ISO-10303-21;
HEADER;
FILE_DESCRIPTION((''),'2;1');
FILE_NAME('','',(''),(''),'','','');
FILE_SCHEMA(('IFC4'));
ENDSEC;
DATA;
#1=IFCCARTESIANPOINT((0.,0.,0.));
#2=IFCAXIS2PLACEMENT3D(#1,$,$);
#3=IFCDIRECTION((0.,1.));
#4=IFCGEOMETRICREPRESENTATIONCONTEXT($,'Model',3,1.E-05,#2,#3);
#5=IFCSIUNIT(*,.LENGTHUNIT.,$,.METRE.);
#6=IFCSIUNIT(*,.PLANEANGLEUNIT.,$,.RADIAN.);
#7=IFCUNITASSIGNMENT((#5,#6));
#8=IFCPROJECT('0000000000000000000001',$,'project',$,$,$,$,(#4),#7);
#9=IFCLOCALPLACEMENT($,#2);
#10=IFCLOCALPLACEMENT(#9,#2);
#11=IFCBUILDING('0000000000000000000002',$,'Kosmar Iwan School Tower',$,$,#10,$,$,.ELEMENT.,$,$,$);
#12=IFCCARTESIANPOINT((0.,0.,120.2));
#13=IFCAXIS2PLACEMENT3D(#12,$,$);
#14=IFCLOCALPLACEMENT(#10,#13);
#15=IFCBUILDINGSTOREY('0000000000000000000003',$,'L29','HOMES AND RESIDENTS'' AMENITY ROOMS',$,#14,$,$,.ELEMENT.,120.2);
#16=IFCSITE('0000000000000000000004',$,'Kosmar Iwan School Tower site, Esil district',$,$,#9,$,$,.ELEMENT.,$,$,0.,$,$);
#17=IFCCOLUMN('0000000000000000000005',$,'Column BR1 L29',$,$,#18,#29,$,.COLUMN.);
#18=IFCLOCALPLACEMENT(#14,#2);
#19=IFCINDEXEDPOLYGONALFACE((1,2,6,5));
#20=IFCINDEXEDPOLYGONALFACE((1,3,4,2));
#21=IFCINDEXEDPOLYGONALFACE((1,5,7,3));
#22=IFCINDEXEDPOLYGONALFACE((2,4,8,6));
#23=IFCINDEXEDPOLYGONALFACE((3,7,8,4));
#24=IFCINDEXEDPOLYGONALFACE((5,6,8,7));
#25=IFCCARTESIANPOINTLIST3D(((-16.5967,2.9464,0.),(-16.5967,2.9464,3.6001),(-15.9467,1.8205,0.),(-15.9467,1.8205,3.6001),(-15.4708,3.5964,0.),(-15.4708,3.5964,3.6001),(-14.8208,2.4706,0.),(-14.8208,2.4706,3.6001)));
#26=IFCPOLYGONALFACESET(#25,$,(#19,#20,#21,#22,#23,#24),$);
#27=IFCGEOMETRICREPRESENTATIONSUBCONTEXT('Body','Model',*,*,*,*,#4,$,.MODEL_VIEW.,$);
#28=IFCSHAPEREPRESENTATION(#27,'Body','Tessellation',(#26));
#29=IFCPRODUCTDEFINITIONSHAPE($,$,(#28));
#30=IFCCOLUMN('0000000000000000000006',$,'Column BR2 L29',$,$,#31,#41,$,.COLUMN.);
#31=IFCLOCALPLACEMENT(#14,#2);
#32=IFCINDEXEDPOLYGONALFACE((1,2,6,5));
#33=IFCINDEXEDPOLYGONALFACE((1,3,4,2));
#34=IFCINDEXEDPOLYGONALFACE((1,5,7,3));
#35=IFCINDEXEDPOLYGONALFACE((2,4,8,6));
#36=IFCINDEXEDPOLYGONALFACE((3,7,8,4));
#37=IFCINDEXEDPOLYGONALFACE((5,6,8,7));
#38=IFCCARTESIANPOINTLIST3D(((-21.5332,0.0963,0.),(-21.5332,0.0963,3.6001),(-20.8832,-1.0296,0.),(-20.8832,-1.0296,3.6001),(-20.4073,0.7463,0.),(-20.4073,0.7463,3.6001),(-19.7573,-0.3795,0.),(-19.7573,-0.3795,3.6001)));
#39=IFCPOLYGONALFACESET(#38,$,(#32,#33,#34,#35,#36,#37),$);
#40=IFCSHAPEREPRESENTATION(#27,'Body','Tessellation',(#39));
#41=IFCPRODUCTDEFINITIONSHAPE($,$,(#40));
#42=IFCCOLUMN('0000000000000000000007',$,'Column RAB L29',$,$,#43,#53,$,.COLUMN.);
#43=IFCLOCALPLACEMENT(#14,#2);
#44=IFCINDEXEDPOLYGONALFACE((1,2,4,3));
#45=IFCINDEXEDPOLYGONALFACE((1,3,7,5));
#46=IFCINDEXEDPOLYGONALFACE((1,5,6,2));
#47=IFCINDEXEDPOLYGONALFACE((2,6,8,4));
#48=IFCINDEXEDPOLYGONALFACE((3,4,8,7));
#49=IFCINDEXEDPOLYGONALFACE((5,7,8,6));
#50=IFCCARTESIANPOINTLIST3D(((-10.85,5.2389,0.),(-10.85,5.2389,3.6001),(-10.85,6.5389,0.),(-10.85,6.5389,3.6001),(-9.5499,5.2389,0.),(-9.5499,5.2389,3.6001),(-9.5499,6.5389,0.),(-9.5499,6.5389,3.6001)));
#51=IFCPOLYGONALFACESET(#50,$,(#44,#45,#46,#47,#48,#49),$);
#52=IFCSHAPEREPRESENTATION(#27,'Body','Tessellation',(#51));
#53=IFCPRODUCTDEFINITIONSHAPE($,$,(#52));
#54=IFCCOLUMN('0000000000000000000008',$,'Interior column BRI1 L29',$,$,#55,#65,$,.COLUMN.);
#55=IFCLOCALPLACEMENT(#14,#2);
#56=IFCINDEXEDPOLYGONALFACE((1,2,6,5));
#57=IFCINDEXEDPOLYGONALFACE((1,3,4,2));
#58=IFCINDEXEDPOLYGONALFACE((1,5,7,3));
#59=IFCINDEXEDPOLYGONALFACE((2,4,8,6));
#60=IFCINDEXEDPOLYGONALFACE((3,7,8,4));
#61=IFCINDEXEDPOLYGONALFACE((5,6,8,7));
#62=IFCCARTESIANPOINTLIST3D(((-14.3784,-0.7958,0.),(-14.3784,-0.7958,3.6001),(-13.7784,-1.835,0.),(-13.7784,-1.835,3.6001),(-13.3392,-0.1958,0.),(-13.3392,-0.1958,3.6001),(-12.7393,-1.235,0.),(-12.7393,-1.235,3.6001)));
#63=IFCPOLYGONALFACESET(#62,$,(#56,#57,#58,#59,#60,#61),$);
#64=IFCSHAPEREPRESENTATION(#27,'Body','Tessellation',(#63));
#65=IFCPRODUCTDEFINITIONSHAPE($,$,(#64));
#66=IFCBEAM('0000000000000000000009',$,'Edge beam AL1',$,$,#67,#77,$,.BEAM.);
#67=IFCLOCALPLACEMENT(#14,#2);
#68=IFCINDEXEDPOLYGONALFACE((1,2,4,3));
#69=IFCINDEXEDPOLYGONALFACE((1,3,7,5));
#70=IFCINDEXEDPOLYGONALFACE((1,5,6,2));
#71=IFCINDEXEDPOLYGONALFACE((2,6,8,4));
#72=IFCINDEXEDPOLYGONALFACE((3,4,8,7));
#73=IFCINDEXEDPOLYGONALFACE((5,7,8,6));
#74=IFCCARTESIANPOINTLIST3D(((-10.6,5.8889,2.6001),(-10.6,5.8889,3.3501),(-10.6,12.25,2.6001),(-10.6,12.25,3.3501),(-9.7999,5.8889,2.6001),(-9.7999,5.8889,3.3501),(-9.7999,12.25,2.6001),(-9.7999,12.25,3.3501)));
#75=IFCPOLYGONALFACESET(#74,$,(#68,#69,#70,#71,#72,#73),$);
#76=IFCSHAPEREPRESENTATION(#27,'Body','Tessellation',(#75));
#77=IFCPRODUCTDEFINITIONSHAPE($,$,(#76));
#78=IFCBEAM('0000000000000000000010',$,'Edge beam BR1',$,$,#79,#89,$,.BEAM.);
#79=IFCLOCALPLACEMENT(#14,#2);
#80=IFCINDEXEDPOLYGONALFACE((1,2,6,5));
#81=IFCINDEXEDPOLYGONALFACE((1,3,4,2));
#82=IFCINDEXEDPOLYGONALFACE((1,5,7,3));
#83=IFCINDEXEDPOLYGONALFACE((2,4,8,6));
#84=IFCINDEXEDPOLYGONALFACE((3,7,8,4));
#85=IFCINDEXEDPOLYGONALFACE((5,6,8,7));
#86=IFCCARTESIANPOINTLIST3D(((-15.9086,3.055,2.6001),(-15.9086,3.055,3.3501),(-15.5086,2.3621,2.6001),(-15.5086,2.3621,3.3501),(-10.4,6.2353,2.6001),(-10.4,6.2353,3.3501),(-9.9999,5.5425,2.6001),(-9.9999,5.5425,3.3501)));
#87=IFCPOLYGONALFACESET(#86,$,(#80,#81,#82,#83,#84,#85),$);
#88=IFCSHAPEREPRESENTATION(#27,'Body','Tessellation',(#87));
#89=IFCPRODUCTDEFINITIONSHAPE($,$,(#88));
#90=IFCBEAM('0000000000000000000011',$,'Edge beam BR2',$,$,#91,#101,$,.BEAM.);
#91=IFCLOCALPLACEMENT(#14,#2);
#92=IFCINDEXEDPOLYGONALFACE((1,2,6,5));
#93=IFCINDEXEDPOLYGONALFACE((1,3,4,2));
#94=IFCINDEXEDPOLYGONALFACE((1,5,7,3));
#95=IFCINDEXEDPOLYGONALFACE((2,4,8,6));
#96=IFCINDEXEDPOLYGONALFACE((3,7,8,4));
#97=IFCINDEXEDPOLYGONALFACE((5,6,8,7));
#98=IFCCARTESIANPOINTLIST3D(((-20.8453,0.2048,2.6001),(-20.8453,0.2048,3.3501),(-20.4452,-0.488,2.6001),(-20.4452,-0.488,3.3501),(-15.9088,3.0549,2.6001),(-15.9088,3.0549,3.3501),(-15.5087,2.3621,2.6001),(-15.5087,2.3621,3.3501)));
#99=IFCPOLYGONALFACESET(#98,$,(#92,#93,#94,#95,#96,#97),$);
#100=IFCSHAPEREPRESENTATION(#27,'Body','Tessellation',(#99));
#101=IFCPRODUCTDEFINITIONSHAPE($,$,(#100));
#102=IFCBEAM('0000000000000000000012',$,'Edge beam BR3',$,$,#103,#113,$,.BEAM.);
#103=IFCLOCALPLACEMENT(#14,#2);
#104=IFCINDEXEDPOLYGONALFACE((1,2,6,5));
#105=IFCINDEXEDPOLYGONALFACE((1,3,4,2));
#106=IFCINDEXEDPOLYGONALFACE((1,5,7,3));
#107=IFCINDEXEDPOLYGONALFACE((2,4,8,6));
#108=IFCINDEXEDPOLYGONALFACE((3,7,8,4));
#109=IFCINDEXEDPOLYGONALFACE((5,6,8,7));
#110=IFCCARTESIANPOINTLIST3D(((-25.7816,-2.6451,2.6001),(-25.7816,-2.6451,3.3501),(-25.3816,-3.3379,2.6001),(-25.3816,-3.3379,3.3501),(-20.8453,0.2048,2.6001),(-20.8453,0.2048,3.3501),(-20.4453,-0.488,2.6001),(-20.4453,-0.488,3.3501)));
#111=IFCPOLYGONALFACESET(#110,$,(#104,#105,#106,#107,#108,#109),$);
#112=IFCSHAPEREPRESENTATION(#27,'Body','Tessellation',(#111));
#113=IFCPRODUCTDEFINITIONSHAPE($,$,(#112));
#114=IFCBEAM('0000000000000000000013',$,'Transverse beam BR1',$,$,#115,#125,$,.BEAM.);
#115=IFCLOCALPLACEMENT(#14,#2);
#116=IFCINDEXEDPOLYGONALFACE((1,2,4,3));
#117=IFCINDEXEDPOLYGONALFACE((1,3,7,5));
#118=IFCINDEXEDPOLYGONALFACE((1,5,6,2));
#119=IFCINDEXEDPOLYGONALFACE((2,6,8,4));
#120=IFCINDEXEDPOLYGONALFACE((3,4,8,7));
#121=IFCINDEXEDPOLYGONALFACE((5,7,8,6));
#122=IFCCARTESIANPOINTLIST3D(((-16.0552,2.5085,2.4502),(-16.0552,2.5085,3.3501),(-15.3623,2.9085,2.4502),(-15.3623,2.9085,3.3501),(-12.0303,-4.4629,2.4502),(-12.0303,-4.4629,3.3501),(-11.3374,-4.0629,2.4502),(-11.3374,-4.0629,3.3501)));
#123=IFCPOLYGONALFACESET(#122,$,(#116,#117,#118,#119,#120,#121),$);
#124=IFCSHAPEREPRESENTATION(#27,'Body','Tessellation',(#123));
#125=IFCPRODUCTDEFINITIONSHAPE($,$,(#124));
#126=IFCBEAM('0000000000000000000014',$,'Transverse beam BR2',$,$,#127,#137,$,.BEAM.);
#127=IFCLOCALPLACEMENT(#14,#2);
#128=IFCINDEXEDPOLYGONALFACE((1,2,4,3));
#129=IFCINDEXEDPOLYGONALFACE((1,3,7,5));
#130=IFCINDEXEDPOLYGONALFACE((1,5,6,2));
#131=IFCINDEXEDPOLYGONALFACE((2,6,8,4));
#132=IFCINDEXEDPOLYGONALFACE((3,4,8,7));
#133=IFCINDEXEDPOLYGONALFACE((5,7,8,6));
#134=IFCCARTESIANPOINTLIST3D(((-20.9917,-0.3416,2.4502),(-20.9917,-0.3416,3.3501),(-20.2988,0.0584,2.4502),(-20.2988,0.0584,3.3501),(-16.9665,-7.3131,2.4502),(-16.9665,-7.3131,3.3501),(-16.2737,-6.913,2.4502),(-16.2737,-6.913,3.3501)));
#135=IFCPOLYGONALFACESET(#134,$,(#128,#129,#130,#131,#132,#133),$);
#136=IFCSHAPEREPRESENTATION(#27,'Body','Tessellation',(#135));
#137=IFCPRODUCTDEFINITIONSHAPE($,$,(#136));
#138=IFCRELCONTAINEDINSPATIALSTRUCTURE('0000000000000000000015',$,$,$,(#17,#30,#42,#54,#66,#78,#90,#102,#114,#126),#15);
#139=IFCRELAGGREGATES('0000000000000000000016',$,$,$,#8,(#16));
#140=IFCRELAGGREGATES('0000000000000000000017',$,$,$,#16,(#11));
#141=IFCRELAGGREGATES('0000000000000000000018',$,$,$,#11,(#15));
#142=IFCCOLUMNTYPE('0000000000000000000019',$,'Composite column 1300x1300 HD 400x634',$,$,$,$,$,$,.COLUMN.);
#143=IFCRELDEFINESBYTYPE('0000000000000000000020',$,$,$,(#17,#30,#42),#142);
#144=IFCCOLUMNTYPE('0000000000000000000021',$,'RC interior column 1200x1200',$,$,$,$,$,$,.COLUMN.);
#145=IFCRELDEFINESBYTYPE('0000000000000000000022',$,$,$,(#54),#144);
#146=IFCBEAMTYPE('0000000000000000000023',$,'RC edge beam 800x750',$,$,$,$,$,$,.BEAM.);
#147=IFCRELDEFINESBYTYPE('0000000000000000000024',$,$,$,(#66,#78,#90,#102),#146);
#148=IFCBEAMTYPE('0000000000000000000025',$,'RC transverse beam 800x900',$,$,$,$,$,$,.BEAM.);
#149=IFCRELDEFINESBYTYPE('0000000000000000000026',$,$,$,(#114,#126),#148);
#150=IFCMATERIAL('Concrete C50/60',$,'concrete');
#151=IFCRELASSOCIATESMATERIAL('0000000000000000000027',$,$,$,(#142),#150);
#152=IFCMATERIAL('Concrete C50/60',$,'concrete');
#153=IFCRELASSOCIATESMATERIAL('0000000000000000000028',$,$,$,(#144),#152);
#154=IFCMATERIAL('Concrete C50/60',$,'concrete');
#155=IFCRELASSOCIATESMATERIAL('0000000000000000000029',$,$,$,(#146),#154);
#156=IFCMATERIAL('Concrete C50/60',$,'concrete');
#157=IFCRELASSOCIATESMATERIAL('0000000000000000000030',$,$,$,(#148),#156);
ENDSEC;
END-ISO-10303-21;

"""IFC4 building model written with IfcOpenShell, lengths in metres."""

from ifc_helpers import new_model, si_unit, direction, frame, origin, origin_2d, place, context, subcontext, project, spatial, rectangle, extrude, material, material_profile, profile_set, type_object, element, save


model = new_model("IFC4")

# Units and contexts
model_context = context("Model", 3, precision=1e-05, world=origin(), true_north=direction((0.0, 1.0)))
body_context = subcontext(model_context, "Body", "Model", "MODEL_VIEW")
ifc_project = project(units=[si_unit("LENGTHUNIT", "METRE"), si_unit("PLANEANGLEUNIT", "RADIAN")], contexts=[model_context])

# Site, building, storey
site_placement = place(None, origin())
site = spatial("IfcSite", under=ifc_project, at=site_placement, Name="Kosmar Iwan School Tower site, Esil district", CompositionType="ELEMENT", RefElevation=0.0)
building_placement = place(site_placement, origin())
building = spatial("IfcBuilding", under=site, at=building_placement, Name="Kosmar Iwan School Tower", CompositionType="ELEMENT")
storey_placement = place(building_placement, frame((0.0, 0.0, 120.2)))
storey = spatial("IfcBuildingStorey", under=building, at=storey_placement, Name="L29", Description="HOMES AND RESIDENTS' AMENITY ROOMS", CompositionType="ELEMENT", Elevation=120.2)

# Columns
ifc_material_1 = material(Name="Concrete C50/60", Category="concrete")
ifc_material_profile_1 = material_profile(ifc_material_1, rectangle(XDim=1.3, YDim=1.3, at=origin_2d()), Name="RC 1300x1300 + HD 400x634")
ifc_profile_set_1 = profile_set([ifc_material_profile_1], Name="Concrete C50/60")
column_type_1 = type_object("IfcColumnType", Name="Composite column 1300x1300 HD 400x634", PredefinedType="COLUMN", material=ifc_profile_set_1)
for number, where, z_axis, x_axis, name in (
    (1, (-15.7087, 2.7085, 0.0), (0.0, 0.0, 1.0), (-0.866025, -0.5, 0.0), "Column BR1 L29"),
    (2, (-20.6453, -0.1416, 0.0), (0.0, 0.0, 1.0), (-0.866025, -0.5, 0.0), "Column BR2 L29"),
    (3, (-10.2, 5.8889, 0.0), (0.0, 0.0, 1.0), (1.0, 0.0, 0.0), "Column RAB L29"),
):
    element("IfcColumn", number, at=place(storey_placement, frame(where, z_axis=z_axis, x_axis=x_axis)), inside=storey, type_object=column_type_1, Name=name, PredefinedType="COLUMN", context=body_context, shape_type="SweptSolid", body=[
        extrude(rectangle(XDim=1.3, YDim=1.3, at=origin_2d()), origin(), (0.0, 0.0, 1.0), 3.6001),
    ])
ifc_material_2 = material(Name="Concrete C50/60", Category="concrete")
ifc_material_profile_2 = material_profile(ifc_material_2, rectangle(XDim=1.2, YDim=1.2, at=origin_2d()), Name="RC 1200x1200")
ifc_profile_set_2 = profile_set([ifc_material_profile_2], Name="Concrete C50/60")
column_type_2 = type_object("IfcColumnType", Name="RC interior column 1200x1200", PredefinedType="COLUMN", material=ifc_profile_set_2)
column_placement = place(storey_placement, frame((-13.5588, -1.0154, 0.0), z_axis=(0.0, 0.0, 1.0), x_axis=(-0.866025, -0.5, 0.0)))
element("IfcColumn", 4, at=column_placement, inside=storey, type_object=column_type_2, Name="Interior column BRI1 L29", PredefinedType="COLUMN", context=body_context, shape_type="SweptSolid", body=[
    extrude(rectangle(XDim=1.2, YDim=1.2, at=origin_2d()), origin(), (0.0, 0.0, 1.0), 3.6001),
])

# Beams
ifc_material_3 = material(Name="Concrete C50/60", Category="concrete")
ifc_material_profile_3 = material_profile(ifc_material_3, rectangle(XDim=0.8, YDim=0.75, at=origin_2d()), Name="RC 800x750")
ifc_profile_set_3 = profile_set([ifc_material_profile_3], Name="Concrete C50/60")
beam_type_1 = type_object("IfcBeamType", Name="RC edge beam 800x750", PredefinedType="BEAM", material=ifc_profile_set_3)
beam_1_placement = place(storey_placement, frame((-10.2, 5.8889, 2.9751), z_axis=(0.0, 1.0, 0.0), x_axis=(-1.0, 0.0, 0.0)))
element("IfcBeam", 5, at=beam_1_placement, inside=storey, type_object=beam_type_1, Name="Edge beam AL1", PredefinedType="BEAM", context=body_context, shape_type="SweptSolid", body=[
    extrude(rectangle(XDim=0.8, YDim=0.75, at=origin_2d()), origin(), (0.0, 0.0, 1.0), 6.3611),
])
beam_2_placement = place(storey_placement, frame((-10.2, 5.8889, 2.9751), z_axis=(-0.866031, -0.49999, 0.0), x_axis=(0.49999, -0.866031, 0.0)))
element("IfcBeam", 6, at=beam_2_placement, inside=storey, type_object=beam_type_1, Name="Edge beam BR1", PredefinedType="BEAM", context=body_context, shape_type="SweptSolid", body=[
    extrude(rectangle(XDim=0.8, YDim=0.75, at=origin_2d()), origin(), (0.0, 0.0, 1.0), 6.3608),
])
beam_3_placement = place(storey_placement, frame((-15.7087, 2.7085, 2.9751), z_axis=(-0.866026, -0.499999, 0.0), x_axis=(0.499999, -0.866026, 0.0)))
element("IfcBeam", 7, at=beam_3_placement, inside=storey, type_object=beam_type_1, Name="Edge beam BR2", PredefinedType="BEAM", context=body_context, shape_type="SweptSolid", body=[
    extrude(rectangle(XDim=0.8, YDim=0.75, at=origin_2d()), origin(), (0.0, 0.0, 1.0), 5.7002),
])
beam_4_placement = place(storey_placement, frame((-20.6453, -0.1416, 2.9751), z_axis=(-0.866034, -0.499986, 0.0), x_axis=(0.499986, -0.866034, 0.0)))
element("IfcBeam", 8, at=beam_4_placement, inside=storey, type_object=beam_type_1, Name="Edge beam BR3", PredefinedType="BEAM", context=body_context, shape_type="SweptSolid", body=[
    extrude(rectangle(XDim=0.8, YDim=0.75, at=origin_2d()), origin(), (0.0, 0.0, 1.0), 5.7),
])
ifc_material_4 = material(Name="Concrete C50/60", Category="concrete")
ifc_material_profile_4 = material_profile(ifc_material_4, rectangle(XDim=0.8, YDim=0.8999, at=origin_2d()), Name="RC 800x900")
ifc_profile_set_4 = profile_set([ifc_material_profile_4], Name="Concrete C50/60")
beam_type_2 = type_object("IfcBeamType", Name="RC transverse beam 800x900", PredefinedType="BEAM", material=ifc_profile_set_4)
beam_5_placement = place(storey_placement, frame((-15.7087, 2.7085, 2.9001), z_axis=(0.499995, -0.866029, 0.0), x_axis=(0.866029, 0.499995, 0.0)))
element("IfcBeam", 9, at=beam_5_placement, inside=storey, type_object=beam_type_2, Name="Transverse beam BR1", PredefinedType="BEAM", context=body_context, shape_type="SweptSolid", body=[
    extrude(rectangle(XDim=0.8, YDim=0.8999, at=origin_2d()), origin(), (0.0, 0.0, 1.0), 8.0498),
])
beam_6_placement = place(storey_placement, frame((-20.6453, -0.1416, 2.9001), z_axis=(0.500017, -0.866015, 0.0), x_axis=(0.866015, 0.500017, 0.0)))
element("IfcBeam", 10, at=beam_6_placement, inside=storey, type_object=beam_type_2, Name="Transverse beam BR2", PredefinedType="BEAM", context=body_context, shape_type="SweptSolid", body=[
    extrude(rectangle(XDim=0.8, YDim=0.8999, at=origin_2d()), origin(), (0.0, 0.0, 1.0), 8.05),
])

save(model, "model.ifc")
